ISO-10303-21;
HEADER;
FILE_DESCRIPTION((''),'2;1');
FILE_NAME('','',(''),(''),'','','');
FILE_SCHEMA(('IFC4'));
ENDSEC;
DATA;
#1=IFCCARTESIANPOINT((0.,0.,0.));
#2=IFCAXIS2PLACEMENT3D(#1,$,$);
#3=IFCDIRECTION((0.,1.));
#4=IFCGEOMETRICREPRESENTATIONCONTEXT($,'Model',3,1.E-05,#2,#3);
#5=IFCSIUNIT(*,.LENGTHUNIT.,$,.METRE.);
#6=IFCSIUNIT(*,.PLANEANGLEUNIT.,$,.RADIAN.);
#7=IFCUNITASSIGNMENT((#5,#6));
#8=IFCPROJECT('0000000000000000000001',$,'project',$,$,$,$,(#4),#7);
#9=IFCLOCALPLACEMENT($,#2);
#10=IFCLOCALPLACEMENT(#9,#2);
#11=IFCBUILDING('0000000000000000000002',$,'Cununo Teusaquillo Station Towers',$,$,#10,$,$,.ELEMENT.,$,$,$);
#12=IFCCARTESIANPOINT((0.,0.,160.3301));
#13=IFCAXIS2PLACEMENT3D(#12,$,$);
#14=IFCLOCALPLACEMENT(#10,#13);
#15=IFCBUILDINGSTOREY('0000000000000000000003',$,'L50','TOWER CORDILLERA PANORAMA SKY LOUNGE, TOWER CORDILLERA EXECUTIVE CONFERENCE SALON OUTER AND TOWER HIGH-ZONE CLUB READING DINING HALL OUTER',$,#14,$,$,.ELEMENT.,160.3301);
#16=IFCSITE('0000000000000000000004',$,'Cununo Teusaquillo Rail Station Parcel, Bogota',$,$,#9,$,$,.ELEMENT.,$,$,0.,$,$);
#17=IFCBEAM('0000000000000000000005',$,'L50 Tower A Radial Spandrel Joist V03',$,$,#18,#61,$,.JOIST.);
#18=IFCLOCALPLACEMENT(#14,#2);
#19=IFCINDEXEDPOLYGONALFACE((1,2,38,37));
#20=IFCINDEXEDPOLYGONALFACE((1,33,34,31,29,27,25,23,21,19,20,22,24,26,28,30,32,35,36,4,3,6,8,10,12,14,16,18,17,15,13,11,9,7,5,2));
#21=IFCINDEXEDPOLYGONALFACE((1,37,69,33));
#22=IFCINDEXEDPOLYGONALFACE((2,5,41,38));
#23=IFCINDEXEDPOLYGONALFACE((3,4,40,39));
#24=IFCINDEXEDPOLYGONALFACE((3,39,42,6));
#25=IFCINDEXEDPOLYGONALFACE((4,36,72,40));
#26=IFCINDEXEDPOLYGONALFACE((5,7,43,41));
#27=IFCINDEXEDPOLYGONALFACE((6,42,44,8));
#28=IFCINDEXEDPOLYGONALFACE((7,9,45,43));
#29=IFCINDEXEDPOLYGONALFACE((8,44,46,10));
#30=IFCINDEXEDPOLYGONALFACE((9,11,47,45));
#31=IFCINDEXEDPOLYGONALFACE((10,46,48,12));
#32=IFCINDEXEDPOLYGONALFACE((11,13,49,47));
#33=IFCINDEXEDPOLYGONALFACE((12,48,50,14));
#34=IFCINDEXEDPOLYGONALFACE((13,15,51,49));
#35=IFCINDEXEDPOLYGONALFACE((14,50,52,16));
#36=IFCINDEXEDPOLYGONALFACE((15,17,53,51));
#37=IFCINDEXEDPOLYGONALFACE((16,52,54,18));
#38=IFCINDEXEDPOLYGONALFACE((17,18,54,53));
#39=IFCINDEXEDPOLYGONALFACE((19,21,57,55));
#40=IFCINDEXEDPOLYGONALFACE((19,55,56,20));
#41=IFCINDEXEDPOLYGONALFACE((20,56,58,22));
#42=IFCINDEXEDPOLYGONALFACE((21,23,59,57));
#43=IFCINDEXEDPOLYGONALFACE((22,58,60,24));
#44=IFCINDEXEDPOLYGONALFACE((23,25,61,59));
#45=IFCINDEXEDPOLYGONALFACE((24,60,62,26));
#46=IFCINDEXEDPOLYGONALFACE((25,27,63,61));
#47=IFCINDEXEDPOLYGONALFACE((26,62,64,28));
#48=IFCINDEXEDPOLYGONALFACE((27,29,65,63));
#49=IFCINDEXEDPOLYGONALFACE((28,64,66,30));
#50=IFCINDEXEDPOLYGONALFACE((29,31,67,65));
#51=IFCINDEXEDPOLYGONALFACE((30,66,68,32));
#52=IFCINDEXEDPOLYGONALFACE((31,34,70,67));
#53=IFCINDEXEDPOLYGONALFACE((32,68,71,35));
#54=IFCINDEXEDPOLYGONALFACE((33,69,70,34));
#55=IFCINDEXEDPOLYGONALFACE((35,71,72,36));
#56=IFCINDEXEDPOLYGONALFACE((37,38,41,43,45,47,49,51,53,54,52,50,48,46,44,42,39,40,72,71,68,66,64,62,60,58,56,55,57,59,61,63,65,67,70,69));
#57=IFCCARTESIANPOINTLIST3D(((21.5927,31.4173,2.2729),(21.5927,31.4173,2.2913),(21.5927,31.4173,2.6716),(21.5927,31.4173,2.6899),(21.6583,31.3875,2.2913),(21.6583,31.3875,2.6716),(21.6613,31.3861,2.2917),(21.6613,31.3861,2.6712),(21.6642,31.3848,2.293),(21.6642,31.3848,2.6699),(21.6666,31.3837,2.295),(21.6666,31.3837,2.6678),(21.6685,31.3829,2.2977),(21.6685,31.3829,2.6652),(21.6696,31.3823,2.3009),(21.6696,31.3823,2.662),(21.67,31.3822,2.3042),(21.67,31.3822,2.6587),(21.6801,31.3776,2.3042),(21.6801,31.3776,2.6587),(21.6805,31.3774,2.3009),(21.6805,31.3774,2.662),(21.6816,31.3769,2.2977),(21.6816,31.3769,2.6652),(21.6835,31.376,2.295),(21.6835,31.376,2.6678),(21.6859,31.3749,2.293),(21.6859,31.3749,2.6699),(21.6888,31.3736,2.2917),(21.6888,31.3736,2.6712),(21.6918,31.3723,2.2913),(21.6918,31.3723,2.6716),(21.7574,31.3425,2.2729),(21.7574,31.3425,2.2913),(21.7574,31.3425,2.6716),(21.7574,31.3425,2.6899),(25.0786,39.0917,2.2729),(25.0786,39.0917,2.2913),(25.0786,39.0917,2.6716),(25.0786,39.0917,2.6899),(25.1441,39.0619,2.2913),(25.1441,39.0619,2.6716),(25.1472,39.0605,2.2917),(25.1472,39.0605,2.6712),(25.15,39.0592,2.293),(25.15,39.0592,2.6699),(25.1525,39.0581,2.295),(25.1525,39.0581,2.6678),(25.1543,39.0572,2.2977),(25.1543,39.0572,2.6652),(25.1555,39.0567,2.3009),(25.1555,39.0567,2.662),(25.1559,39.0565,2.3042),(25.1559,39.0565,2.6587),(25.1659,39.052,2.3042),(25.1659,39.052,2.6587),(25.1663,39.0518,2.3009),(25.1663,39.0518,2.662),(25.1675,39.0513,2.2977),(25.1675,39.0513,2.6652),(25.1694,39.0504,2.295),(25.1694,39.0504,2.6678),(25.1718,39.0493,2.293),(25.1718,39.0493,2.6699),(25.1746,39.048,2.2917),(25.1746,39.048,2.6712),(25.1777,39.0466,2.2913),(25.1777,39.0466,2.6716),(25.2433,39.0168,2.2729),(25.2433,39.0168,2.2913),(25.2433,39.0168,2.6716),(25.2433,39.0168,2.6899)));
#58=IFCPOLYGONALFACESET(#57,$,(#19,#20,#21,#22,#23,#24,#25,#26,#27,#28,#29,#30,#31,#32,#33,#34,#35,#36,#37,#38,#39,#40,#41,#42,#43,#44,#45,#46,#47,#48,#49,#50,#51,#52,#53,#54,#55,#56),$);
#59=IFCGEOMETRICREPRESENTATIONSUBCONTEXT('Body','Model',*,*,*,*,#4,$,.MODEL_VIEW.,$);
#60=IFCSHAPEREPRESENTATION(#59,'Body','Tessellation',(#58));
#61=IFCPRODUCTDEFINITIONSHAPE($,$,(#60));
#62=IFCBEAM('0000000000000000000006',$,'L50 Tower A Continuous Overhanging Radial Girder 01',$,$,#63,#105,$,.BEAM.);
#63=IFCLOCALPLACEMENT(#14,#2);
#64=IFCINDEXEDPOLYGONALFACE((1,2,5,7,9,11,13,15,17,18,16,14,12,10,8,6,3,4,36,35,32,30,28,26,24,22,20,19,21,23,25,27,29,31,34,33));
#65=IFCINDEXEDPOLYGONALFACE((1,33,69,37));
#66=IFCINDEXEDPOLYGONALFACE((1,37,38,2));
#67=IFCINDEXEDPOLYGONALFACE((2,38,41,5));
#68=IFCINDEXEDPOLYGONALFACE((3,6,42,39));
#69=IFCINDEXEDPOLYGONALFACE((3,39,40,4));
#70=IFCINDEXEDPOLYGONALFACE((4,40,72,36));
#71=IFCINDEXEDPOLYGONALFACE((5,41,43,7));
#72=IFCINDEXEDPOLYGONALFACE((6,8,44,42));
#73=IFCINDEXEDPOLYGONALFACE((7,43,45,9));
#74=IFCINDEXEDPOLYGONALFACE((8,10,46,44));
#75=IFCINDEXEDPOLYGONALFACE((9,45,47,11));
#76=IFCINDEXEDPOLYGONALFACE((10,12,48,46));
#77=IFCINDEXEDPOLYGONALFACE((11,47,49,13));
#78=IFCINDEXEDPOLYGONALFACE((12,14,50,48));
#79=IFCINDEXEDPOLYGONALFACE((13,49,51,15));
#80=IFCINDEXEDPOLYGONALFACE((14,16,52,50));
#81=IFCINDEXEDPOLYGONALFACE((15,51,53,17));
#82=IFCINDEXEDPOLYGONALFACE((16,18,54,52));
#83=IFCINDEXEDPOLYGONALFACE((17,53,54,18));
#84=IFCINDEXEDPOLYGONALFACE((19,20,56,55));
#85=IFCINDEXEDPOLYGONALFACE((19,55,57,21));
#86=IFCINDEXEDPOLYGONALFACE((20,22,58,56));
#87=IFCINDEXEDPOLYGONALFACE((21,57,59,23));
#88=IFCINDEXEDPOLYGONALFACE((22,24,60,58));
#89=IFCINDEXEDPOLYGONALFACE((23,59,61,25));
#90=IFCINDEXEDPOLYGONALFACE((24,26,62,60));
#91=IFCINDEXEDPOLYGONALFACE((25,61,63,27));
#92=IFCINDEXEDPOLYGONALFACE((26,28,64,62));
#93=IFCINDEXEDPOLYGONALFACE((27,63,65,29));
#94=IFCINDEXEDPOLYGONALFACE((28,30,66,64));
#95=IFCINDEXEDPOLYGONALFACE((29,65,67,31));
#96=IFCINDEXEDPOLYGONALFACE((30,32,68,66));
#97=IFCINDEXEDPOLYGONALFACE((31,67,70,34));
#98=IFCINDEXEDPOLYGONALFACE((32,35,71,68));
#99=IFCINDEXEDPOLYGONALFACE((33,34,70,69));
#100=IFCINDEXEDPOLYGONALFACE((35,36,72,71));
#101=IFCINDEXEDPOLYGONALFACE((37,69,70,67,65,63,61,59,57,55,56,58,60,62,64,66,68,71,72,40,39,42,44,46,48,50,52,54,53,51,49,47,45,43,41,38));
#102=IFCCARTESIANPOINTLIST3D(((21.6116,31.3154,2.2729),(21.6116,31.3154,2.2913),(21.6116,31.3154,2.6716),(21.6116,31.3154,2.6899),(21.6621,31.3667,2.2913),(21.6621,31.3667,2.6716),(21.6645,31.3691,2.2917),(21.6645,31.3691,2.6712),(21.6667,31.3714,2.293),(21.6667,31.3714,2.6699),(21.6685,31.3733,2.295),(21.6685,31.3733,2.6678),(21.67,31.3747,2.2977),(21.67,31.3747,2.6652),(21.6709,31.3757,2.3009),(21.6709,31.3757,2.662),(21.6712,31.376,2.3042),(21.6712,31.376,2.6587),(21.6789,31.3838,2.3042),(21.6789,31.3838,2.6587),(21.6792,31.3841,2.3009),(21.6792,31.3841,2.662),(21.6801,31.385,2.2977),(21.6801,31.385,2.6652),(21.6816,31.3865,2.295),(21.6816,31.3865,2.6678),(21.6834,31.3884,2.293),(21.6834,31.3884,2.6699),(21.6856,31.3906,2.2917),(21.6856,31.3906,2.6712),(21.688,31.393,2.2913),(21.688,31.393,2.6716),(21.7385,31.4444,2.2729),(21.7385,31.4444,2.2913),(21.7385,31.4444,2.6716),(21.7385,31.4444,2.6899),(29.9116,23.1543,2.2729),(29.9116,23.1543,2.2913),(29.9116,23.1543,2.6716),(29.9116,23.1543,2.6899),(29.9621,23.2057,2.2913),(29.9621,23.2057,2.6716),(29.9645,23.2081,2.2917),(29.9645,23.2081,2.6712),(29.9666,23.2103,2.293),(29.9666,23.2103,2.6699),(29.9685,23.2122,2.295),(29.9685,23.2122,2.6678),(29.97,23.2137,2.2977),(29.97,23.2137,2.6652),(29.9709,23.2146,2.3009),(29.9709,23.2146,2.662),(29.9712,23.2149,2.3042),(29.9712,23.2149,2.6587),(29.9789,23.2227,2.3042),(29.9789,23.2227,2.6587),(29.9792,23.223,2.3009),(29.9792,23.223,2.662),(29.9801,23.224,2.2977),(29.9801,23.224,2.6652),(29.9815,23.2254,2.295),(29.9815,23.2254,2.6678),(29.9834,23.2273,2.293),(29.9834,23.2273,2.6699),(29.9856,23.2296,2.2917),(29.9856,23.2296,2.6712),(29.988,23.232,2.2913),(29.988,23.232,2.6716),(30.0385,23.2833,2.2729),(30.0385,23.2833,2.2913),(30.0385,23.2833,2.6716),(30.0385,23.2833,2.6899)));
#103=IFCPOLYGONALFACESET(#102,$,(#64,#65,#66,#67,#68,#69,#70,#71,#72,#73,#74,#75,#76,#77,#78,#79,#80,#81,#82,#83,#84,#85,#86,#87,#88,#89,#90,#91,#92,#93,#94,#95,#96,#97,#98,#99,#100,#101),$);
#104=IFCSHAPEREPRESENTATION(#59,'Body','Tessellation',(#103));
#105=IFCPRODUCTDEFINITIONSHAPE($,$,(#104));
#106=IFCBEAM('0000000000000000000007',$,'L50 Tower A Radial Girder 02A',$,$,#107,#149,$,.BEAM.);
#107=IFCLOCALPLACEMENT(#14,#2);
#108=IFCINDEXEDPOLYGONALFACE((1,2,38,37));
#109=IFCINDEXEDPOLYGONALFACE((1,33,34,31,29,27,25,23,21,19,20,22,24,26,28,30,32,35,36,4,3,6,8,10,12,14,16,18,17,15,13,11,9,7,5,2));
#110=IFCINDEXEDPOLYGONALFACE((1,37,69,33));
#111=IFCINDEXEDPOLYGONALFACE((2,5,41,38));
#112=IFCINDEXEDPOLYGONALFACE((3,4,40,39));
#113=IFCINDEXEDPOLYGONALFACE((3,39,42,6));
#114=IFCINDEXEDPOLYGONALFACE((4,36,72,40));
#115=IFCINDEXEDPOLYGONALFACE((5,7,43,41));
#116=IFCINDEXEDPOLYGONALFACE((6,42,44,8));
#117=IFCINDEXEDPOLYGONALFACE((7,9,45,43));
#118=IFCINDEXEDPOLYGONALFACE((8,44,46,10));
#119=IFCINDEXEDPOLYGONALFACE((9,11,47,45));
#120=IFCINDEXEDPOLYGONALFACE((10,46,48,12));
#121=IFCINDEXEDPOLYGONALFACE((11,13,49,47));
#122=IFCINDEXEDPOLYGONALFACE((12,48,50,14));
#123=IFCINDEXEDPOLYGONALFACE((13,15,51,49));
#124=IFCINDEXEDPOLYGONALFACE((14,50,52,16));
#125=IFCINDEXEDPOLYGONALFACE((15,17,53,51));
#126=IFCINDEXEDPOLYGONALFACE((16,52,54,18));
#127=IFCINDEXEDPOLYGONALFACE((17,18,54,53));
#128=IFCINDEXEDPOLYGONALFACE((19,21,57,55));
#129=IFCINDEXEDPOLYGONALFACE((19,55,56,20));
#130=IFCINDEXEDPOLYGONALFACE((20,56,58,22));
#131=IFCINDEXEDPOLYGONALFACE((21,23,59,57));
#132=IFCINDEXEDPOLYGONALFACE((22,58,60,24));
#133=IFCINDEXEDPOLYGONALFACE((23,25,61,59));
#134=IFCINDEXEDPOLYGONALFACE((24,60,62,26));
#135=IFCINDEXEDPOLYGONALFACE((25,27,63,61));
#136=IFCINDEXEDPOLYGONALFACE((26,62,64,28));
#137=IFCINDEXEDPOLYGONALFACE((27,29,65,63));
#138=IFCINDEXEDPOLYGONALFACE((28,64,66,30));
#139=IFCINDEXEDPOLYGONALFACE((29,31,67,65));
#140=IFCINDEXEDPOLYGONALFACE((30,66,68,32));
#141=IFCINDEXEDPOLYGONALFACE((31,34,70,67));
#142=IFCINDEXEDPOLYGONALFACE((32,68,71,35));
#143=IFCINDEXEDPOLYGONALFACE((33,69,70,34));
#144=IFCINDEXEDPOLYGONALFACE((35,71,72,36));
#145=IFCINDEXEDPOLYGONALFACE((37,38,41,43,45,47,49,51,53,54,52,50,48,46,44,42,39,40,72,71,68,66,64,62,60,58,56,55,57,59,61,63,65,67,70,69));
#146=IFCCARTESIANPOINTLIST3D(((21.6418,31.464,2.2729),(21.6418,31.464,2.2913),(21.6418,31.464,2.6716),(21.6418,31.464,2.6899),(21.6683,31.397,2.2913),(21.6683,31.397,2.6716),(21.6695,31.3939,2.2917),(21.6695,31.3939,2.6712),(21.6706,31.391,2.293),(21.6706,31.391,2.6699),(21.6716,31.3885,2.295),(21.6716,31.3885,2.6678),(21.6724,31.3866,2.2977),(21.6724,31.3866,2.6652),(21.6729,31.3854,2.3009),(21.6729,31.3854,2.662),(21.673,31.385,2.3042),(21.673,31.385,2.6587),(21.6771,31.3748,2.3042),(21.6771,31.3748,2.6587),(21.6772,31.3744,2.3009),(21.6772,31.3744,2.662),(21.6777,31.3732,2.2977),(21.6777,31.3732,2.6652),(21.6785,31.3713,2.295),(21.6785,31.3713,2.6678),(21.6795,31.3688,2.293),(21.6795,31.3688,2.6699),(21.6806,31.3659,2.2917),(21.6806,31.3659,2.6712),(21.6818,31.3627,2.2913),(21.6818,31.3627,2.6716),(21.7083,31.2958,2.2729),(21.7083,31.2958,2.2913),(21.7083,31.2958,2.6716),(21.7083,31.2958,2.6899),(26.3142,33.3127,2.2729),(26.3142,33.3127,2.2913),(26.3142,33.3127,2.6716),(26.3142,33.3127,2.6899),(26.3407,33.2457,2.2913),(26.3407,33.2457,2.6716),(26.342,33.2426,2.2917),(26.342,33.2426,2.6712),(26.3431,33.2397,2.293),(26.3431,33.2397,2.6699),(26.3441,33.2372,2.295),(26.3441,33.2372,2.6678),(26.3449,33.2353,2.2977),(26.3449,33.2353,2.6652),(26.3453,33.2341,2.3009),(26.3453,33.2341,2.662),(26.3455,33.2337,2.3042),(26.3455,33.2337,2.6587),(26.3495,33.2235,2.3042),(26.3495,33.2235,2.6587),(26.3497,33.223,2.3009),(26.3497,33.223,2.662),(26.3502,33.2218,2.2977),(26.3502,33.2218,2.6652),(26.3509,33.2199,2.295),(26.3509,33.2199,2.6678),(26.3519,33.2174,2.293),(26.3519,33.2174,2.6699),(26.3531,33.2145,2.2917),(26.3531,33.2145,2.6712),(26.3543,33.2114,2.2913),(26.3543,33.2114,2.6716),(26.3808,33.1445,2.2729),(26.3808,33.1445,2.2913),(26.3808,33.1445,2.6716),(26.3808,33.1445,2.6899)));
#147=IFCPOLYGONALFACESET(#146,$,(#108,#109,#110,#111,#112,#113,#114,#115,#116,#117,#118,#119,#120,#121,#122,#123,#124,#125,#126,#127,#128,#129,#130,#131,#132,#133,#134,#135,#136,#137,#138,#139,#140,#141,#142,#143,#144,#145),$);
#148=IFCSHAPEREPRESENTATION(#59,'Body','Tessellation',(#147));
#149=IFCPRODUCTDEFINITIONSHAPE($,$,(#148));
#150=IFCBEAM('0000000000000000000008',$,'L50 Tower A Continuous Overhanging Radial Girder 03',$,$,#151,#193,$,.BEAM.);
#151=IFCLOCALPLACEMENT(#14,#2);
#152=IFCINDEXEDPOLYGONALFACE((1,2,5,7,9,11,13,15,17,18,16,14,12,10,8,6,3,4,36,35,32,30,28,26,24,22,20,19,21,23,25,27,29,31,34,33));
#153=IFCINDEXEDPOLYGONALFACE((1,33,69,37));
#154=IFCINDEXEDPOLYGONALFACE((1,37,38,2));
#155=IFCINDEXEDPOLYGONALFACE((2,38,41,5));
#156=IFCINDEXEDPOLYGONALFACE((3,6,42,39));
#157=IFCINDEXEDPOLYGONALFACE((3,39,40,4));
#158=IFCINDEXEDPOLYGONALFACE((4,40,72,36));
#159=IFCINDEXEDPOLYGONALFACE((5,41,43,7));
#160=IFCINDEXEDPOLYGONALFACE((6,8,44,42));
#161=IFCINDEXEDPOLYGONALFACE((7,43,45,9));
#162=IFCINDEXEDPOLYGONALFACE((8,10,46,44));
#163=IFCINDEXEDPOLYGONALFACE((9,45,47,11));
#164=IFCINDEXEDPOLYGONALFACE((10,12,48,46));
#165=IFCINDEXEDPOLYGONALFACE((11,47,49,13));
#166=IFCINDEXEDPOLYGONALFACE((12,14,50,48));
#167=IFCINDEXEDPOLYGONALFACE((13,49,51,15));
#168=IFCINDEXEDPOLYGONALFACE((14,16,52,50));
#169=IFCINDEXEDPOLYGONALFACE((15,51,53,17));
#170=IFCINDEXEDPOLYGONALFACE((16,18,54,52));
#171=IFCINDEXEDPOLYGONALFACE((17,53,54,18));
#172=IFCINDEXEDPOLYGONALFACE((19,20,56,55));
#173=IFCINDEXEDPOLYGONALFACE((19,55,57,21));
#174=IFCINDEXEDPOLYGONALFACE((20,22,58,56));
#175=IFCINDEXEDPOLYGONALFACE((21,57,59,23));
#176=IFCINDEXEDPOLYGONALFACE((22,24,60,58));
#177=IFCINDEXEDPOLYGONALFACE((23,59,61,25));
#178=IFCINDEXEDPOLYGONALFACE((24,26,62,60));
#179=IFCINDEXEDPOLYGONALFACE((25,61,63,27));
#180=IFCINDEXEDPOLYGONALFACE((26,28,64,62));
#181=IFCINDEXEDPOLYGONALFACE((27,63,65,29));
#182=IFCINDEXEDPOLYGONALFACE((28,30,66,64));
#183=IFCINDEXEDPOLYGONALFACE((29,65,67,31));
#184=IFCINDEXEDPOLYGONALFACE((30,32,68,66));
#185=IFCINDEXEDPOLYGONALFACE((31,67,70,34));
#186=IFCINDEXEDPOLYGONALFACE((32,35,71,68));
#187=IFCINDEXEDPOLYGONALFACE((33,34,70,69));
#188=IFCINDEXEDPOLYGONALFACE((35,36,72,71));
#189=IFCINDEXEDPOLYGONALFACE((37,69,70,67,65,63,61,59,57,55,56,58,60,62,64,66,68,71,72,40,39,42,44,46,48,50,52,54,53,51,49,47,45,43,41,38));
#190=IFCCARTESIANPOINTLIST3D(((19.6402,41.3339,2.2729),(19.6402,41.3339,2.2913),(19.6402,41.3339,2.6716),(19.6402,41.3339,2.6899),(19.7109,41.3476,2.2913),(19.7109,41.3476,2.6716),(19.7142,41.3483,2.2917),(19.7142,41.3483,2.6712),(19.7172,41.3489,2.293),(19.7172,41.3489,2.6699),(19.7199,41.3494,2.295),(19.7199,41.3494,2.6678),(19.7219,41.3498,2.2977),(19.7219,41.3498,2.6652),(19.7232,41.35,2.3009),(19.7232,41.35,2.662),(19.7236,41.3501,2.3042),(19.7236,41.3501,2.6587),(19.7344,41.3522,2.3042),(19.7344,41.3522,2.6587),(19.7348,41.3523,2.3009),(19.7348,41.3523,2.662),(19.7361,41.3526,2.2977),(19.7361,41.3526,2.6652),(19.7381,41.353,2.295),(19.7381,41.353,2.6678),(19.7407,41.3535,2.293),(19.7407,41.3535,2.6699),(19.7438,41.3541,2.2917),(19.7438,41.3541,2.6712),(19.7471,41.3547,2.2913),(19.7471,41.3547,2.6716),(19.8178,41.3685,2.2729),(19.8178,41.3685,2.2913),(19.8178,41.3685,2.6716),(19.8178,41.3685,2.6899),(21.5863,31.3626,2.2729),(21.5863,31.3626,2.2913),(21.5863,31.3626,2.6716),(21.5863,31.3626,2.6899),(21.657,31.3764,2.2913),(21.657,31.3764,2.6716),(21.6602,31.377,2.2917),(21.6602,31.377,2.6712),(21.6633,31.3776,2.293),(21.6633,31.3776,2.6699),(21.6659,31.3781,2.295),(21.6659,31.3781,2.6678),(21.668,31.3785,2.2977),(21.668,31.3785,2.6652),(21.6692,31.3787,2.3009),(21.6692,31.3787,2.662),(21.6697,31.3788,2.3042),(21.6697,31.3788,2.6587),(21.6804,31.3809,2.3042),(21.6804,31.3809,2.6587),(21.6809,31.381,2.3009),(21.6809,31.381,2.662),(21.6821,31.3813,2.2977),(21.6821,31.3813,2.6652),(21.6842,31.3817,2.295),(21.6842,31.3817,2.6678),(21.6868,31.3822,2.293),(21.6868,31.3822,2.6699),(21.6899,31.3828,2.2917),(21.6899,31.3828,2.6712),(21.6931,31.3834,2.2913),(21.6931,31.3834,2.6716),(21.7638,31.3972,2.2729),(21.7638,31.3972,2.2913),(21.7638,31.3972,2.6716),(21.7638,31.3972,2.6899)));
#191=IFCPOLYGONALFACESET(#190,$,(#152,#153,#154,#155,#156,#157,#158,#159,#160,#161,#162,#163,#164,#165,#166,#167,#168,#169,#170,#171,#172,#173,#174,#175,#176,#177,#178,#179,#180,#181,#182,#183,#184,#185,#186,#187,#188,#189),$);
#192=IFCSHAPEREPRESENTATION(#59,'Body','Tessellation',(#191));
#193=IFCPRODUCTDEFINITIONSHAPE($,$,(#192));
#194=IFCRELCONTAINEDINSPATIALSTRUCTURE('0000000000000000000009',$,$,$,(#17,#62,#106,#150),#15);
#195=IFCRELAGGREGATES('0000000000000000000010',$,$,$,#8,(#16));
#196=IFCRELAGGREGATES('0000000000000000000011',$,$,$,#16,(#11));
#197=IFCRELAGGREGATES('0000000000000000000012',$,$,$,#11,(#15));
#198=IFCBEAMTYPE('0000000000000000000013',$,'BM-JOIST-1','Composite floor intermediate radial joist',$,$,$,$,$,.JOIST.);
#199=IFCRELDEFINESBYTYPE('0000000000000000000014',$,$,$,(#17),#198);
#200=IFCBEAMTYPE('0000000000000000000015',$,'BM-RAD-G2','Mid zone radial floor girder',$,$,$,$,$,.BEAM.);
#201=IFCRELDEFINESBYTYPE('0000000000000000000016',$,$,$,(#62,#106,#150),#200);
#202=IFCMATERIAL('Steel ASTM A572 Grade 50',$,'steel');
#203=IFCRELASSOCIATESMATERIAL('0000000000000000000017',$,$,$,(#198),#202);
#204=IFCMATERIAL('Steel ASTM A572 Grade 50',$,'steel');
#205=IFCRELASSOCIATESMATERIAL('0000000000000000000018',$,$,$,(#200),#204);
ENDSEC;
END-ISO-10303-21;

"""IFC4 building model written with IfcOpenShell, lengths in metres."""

from ifc_helpers import new_model, si_unit, direction, frame, origin, origin_2d, place, context, subcontext, project, spatial, i_section, extrude, material, material_profile, profile_set, type_object, element, save


model = new_model("IFC4")

# Units and contexts
model_context = context("Model", 3, precision=1e-05, world=origin(), true_north=direction((0.0, 1.0)))
body_context = subcontext(model_context, "Body", "Model", "MODEL_VIEW")
ifc_project = project(units=[si_unit("LENGTHUNIT", "METRE"), si_unit("PLANEANGLEUNIT", "RADIAN")], contexts=[model_context])

# Site, building, storey
site_placement = place(None, origin())
site = spatial("IfcSite", under=ifc_project, at=site_placement, Name="Cununo Teusaquillo Rail Station Parcel, Bogota", CompositionType="ELEMENT", RefElevation=0.0)
building_placement = place(site_placement, origin())
building = spatial("IfcBuilding", under=site, at=building_placement, Name="Cununo Teusaquillo Station Towers", CompositionType="ELEMENT")
storey_placement = place(building_placement, frame((0.0, 0.0, 160.3301)))
storey = spatial("IfcBuildingStorey", under=building, at=storey_placement, Name="L50", Description="TOWER CORDILLERA PANORAMA SKY LOUNGE, TOWER CORDILLERA EXECUTIVE CONFERENCE SALON OUTER AND TOWER HIGH-ZONE CLUB READING DINING HALL OUTER", CompositionType="ELEMENT", Elevation=160.3301)

# Beams
ifc_material_1 = material(Name="Steel ASTM A572 Grade 50", Category="steel")
ifc_material_profile_1 = material_profile(ifc_material_1, i_section(OverallWidth=0.1809, OverallDepth=0.417, WebThickness=0.011, FlangeThickness=0.0183, FilletRadius=0.0129, at=origin_2d()), Name="W16X57")
ifc_profile_set_1 = profile_set([ifc_material_profile_1], Name="Steel ASTM A572 Grade 50")
beam_type_1 = type_object("IfcBeamType", Name="BM-JOIST-1", Description="Composite floor intermediate radial joist", PredefinedType="JOIST", material=ifc_profile_set_1)
beam_1_placement = place(storey_placement, frame((21.675, 31.3799, 2.4814), z_axis=(0.413559, 0.910478, 0.0), x_axis=(-0.910478, 0.413559, 0.0)))
element("IfcBeam", 1, at=beam_1_placement, inside=storey, type_object=beam_type_1, Name="L50 Tower A Radial Spandrel Joist V03", PredefinedType="JOIST", context=body_context, shape_type="SweptSolid", body=[
    extrude(i_section(OverallWidth=0.1809, OverallDepth=0.417, WebThickness=0.011, FlangeThickness=0.0183, FilletRadius=0.0129, at=origin_2d()), origin(), (0.0, 0.0, 1.0), 8.429),
])
ifc_material_2 = material(Name="Steel ASTM A572 Grade 50", Category="steel")
ifc_material_profile_2 = material_profile(ifc_material_2, i_section(OverallWidth=0.1809, OverallDepth=0.417, WebThickness=0.011, FlangeThickness=0.0183, FilletRadius=0.0129, at=origin_2d()), Name="W16X57")
ifc_profile_set_2 = profile_set([ifc_material_profile_2], Name="Steel ASTM A572 Grade 50")
beam_type_2 = type_object("IfcBeamType", Name="BM-RAD-G2", Description="Mid zone radial floor girder", PredefinedType="BEAM", material=ifc_profile_set_2)
beam_2_placement = place(storey_placement, frame((21.675, 31.3799, 2.4814), z_axis=(0.713049, -0.701115, 0.0), x_axis=(0.701115, 0.713049, 0.0)))
element("IfcBeam", 2, at=beam_2_placement, inside=storey, type_object=beam_type_2, Name="L50 Tower A Continuous Overhanging Radial Girder 01", PredefinedType="BEAM", context=body_context, shape_type="SweptSolid", body=[
    extrude(i_section(OverallWidth=0.1809, OverallDepth=0.417, WebThickness=0.011, FlangeThickness=0.0183, FilletRadius=0.0129, at=origin_2d()), origin(), (0.0, 0.0, 1.0), 11.6401),
])
beam_3_placement = place(storey_placement, frame((21.675, 31.3799, 2.4814), z_axis=(0.929864, 0.367903, 0.0), x_axis=(-0.367903, 0.929864, 0.0)))
element("IfcBeam", 3, at=beam_3_placement, inside=storey, type_object=beam_type_2, Name="L50 Tower A Radial Girder 02A", PredefinedType="BEAM", context=body_context, shape_type="SweptSolid", body=[
    extrude(i_section(OverallWidth=0.1809, OverallDepth=0.417, WebThickness=0.011, FlangeThickness=0.0183, FilletRadius=0.0129, at=origin_2d()), origin(), (0.0, 0.0, 1.0), 5.0249),
])
beam_4_placement = place(storey_placement, frame((21.675, 31.3799, 2.4814), z_axis=(-0.191553, 0.981482, 0.0), x_axis=(-0.981482, -0.191553, 0.0)))
element("IfcBeam", 4, at=beam_4_placement, inside=storey, type_object=beam_type_2, Name="L50 Tower A Continuous Overhanging Radial Girder 03", PredefinedType="BEAM", context=body_context, shape_type="SweptSolid", body=[
    extrude(i_section(OverallWidth=0.1809, OverallDepth=0.417, WebThickness=0.011, FlangeThickness=0.0183, FilletRadius=0.0129, at=origin_2d()), origin(), (0.0, 0.0, 1.0), 10.1594),
])

save(model, "model.ifc")
